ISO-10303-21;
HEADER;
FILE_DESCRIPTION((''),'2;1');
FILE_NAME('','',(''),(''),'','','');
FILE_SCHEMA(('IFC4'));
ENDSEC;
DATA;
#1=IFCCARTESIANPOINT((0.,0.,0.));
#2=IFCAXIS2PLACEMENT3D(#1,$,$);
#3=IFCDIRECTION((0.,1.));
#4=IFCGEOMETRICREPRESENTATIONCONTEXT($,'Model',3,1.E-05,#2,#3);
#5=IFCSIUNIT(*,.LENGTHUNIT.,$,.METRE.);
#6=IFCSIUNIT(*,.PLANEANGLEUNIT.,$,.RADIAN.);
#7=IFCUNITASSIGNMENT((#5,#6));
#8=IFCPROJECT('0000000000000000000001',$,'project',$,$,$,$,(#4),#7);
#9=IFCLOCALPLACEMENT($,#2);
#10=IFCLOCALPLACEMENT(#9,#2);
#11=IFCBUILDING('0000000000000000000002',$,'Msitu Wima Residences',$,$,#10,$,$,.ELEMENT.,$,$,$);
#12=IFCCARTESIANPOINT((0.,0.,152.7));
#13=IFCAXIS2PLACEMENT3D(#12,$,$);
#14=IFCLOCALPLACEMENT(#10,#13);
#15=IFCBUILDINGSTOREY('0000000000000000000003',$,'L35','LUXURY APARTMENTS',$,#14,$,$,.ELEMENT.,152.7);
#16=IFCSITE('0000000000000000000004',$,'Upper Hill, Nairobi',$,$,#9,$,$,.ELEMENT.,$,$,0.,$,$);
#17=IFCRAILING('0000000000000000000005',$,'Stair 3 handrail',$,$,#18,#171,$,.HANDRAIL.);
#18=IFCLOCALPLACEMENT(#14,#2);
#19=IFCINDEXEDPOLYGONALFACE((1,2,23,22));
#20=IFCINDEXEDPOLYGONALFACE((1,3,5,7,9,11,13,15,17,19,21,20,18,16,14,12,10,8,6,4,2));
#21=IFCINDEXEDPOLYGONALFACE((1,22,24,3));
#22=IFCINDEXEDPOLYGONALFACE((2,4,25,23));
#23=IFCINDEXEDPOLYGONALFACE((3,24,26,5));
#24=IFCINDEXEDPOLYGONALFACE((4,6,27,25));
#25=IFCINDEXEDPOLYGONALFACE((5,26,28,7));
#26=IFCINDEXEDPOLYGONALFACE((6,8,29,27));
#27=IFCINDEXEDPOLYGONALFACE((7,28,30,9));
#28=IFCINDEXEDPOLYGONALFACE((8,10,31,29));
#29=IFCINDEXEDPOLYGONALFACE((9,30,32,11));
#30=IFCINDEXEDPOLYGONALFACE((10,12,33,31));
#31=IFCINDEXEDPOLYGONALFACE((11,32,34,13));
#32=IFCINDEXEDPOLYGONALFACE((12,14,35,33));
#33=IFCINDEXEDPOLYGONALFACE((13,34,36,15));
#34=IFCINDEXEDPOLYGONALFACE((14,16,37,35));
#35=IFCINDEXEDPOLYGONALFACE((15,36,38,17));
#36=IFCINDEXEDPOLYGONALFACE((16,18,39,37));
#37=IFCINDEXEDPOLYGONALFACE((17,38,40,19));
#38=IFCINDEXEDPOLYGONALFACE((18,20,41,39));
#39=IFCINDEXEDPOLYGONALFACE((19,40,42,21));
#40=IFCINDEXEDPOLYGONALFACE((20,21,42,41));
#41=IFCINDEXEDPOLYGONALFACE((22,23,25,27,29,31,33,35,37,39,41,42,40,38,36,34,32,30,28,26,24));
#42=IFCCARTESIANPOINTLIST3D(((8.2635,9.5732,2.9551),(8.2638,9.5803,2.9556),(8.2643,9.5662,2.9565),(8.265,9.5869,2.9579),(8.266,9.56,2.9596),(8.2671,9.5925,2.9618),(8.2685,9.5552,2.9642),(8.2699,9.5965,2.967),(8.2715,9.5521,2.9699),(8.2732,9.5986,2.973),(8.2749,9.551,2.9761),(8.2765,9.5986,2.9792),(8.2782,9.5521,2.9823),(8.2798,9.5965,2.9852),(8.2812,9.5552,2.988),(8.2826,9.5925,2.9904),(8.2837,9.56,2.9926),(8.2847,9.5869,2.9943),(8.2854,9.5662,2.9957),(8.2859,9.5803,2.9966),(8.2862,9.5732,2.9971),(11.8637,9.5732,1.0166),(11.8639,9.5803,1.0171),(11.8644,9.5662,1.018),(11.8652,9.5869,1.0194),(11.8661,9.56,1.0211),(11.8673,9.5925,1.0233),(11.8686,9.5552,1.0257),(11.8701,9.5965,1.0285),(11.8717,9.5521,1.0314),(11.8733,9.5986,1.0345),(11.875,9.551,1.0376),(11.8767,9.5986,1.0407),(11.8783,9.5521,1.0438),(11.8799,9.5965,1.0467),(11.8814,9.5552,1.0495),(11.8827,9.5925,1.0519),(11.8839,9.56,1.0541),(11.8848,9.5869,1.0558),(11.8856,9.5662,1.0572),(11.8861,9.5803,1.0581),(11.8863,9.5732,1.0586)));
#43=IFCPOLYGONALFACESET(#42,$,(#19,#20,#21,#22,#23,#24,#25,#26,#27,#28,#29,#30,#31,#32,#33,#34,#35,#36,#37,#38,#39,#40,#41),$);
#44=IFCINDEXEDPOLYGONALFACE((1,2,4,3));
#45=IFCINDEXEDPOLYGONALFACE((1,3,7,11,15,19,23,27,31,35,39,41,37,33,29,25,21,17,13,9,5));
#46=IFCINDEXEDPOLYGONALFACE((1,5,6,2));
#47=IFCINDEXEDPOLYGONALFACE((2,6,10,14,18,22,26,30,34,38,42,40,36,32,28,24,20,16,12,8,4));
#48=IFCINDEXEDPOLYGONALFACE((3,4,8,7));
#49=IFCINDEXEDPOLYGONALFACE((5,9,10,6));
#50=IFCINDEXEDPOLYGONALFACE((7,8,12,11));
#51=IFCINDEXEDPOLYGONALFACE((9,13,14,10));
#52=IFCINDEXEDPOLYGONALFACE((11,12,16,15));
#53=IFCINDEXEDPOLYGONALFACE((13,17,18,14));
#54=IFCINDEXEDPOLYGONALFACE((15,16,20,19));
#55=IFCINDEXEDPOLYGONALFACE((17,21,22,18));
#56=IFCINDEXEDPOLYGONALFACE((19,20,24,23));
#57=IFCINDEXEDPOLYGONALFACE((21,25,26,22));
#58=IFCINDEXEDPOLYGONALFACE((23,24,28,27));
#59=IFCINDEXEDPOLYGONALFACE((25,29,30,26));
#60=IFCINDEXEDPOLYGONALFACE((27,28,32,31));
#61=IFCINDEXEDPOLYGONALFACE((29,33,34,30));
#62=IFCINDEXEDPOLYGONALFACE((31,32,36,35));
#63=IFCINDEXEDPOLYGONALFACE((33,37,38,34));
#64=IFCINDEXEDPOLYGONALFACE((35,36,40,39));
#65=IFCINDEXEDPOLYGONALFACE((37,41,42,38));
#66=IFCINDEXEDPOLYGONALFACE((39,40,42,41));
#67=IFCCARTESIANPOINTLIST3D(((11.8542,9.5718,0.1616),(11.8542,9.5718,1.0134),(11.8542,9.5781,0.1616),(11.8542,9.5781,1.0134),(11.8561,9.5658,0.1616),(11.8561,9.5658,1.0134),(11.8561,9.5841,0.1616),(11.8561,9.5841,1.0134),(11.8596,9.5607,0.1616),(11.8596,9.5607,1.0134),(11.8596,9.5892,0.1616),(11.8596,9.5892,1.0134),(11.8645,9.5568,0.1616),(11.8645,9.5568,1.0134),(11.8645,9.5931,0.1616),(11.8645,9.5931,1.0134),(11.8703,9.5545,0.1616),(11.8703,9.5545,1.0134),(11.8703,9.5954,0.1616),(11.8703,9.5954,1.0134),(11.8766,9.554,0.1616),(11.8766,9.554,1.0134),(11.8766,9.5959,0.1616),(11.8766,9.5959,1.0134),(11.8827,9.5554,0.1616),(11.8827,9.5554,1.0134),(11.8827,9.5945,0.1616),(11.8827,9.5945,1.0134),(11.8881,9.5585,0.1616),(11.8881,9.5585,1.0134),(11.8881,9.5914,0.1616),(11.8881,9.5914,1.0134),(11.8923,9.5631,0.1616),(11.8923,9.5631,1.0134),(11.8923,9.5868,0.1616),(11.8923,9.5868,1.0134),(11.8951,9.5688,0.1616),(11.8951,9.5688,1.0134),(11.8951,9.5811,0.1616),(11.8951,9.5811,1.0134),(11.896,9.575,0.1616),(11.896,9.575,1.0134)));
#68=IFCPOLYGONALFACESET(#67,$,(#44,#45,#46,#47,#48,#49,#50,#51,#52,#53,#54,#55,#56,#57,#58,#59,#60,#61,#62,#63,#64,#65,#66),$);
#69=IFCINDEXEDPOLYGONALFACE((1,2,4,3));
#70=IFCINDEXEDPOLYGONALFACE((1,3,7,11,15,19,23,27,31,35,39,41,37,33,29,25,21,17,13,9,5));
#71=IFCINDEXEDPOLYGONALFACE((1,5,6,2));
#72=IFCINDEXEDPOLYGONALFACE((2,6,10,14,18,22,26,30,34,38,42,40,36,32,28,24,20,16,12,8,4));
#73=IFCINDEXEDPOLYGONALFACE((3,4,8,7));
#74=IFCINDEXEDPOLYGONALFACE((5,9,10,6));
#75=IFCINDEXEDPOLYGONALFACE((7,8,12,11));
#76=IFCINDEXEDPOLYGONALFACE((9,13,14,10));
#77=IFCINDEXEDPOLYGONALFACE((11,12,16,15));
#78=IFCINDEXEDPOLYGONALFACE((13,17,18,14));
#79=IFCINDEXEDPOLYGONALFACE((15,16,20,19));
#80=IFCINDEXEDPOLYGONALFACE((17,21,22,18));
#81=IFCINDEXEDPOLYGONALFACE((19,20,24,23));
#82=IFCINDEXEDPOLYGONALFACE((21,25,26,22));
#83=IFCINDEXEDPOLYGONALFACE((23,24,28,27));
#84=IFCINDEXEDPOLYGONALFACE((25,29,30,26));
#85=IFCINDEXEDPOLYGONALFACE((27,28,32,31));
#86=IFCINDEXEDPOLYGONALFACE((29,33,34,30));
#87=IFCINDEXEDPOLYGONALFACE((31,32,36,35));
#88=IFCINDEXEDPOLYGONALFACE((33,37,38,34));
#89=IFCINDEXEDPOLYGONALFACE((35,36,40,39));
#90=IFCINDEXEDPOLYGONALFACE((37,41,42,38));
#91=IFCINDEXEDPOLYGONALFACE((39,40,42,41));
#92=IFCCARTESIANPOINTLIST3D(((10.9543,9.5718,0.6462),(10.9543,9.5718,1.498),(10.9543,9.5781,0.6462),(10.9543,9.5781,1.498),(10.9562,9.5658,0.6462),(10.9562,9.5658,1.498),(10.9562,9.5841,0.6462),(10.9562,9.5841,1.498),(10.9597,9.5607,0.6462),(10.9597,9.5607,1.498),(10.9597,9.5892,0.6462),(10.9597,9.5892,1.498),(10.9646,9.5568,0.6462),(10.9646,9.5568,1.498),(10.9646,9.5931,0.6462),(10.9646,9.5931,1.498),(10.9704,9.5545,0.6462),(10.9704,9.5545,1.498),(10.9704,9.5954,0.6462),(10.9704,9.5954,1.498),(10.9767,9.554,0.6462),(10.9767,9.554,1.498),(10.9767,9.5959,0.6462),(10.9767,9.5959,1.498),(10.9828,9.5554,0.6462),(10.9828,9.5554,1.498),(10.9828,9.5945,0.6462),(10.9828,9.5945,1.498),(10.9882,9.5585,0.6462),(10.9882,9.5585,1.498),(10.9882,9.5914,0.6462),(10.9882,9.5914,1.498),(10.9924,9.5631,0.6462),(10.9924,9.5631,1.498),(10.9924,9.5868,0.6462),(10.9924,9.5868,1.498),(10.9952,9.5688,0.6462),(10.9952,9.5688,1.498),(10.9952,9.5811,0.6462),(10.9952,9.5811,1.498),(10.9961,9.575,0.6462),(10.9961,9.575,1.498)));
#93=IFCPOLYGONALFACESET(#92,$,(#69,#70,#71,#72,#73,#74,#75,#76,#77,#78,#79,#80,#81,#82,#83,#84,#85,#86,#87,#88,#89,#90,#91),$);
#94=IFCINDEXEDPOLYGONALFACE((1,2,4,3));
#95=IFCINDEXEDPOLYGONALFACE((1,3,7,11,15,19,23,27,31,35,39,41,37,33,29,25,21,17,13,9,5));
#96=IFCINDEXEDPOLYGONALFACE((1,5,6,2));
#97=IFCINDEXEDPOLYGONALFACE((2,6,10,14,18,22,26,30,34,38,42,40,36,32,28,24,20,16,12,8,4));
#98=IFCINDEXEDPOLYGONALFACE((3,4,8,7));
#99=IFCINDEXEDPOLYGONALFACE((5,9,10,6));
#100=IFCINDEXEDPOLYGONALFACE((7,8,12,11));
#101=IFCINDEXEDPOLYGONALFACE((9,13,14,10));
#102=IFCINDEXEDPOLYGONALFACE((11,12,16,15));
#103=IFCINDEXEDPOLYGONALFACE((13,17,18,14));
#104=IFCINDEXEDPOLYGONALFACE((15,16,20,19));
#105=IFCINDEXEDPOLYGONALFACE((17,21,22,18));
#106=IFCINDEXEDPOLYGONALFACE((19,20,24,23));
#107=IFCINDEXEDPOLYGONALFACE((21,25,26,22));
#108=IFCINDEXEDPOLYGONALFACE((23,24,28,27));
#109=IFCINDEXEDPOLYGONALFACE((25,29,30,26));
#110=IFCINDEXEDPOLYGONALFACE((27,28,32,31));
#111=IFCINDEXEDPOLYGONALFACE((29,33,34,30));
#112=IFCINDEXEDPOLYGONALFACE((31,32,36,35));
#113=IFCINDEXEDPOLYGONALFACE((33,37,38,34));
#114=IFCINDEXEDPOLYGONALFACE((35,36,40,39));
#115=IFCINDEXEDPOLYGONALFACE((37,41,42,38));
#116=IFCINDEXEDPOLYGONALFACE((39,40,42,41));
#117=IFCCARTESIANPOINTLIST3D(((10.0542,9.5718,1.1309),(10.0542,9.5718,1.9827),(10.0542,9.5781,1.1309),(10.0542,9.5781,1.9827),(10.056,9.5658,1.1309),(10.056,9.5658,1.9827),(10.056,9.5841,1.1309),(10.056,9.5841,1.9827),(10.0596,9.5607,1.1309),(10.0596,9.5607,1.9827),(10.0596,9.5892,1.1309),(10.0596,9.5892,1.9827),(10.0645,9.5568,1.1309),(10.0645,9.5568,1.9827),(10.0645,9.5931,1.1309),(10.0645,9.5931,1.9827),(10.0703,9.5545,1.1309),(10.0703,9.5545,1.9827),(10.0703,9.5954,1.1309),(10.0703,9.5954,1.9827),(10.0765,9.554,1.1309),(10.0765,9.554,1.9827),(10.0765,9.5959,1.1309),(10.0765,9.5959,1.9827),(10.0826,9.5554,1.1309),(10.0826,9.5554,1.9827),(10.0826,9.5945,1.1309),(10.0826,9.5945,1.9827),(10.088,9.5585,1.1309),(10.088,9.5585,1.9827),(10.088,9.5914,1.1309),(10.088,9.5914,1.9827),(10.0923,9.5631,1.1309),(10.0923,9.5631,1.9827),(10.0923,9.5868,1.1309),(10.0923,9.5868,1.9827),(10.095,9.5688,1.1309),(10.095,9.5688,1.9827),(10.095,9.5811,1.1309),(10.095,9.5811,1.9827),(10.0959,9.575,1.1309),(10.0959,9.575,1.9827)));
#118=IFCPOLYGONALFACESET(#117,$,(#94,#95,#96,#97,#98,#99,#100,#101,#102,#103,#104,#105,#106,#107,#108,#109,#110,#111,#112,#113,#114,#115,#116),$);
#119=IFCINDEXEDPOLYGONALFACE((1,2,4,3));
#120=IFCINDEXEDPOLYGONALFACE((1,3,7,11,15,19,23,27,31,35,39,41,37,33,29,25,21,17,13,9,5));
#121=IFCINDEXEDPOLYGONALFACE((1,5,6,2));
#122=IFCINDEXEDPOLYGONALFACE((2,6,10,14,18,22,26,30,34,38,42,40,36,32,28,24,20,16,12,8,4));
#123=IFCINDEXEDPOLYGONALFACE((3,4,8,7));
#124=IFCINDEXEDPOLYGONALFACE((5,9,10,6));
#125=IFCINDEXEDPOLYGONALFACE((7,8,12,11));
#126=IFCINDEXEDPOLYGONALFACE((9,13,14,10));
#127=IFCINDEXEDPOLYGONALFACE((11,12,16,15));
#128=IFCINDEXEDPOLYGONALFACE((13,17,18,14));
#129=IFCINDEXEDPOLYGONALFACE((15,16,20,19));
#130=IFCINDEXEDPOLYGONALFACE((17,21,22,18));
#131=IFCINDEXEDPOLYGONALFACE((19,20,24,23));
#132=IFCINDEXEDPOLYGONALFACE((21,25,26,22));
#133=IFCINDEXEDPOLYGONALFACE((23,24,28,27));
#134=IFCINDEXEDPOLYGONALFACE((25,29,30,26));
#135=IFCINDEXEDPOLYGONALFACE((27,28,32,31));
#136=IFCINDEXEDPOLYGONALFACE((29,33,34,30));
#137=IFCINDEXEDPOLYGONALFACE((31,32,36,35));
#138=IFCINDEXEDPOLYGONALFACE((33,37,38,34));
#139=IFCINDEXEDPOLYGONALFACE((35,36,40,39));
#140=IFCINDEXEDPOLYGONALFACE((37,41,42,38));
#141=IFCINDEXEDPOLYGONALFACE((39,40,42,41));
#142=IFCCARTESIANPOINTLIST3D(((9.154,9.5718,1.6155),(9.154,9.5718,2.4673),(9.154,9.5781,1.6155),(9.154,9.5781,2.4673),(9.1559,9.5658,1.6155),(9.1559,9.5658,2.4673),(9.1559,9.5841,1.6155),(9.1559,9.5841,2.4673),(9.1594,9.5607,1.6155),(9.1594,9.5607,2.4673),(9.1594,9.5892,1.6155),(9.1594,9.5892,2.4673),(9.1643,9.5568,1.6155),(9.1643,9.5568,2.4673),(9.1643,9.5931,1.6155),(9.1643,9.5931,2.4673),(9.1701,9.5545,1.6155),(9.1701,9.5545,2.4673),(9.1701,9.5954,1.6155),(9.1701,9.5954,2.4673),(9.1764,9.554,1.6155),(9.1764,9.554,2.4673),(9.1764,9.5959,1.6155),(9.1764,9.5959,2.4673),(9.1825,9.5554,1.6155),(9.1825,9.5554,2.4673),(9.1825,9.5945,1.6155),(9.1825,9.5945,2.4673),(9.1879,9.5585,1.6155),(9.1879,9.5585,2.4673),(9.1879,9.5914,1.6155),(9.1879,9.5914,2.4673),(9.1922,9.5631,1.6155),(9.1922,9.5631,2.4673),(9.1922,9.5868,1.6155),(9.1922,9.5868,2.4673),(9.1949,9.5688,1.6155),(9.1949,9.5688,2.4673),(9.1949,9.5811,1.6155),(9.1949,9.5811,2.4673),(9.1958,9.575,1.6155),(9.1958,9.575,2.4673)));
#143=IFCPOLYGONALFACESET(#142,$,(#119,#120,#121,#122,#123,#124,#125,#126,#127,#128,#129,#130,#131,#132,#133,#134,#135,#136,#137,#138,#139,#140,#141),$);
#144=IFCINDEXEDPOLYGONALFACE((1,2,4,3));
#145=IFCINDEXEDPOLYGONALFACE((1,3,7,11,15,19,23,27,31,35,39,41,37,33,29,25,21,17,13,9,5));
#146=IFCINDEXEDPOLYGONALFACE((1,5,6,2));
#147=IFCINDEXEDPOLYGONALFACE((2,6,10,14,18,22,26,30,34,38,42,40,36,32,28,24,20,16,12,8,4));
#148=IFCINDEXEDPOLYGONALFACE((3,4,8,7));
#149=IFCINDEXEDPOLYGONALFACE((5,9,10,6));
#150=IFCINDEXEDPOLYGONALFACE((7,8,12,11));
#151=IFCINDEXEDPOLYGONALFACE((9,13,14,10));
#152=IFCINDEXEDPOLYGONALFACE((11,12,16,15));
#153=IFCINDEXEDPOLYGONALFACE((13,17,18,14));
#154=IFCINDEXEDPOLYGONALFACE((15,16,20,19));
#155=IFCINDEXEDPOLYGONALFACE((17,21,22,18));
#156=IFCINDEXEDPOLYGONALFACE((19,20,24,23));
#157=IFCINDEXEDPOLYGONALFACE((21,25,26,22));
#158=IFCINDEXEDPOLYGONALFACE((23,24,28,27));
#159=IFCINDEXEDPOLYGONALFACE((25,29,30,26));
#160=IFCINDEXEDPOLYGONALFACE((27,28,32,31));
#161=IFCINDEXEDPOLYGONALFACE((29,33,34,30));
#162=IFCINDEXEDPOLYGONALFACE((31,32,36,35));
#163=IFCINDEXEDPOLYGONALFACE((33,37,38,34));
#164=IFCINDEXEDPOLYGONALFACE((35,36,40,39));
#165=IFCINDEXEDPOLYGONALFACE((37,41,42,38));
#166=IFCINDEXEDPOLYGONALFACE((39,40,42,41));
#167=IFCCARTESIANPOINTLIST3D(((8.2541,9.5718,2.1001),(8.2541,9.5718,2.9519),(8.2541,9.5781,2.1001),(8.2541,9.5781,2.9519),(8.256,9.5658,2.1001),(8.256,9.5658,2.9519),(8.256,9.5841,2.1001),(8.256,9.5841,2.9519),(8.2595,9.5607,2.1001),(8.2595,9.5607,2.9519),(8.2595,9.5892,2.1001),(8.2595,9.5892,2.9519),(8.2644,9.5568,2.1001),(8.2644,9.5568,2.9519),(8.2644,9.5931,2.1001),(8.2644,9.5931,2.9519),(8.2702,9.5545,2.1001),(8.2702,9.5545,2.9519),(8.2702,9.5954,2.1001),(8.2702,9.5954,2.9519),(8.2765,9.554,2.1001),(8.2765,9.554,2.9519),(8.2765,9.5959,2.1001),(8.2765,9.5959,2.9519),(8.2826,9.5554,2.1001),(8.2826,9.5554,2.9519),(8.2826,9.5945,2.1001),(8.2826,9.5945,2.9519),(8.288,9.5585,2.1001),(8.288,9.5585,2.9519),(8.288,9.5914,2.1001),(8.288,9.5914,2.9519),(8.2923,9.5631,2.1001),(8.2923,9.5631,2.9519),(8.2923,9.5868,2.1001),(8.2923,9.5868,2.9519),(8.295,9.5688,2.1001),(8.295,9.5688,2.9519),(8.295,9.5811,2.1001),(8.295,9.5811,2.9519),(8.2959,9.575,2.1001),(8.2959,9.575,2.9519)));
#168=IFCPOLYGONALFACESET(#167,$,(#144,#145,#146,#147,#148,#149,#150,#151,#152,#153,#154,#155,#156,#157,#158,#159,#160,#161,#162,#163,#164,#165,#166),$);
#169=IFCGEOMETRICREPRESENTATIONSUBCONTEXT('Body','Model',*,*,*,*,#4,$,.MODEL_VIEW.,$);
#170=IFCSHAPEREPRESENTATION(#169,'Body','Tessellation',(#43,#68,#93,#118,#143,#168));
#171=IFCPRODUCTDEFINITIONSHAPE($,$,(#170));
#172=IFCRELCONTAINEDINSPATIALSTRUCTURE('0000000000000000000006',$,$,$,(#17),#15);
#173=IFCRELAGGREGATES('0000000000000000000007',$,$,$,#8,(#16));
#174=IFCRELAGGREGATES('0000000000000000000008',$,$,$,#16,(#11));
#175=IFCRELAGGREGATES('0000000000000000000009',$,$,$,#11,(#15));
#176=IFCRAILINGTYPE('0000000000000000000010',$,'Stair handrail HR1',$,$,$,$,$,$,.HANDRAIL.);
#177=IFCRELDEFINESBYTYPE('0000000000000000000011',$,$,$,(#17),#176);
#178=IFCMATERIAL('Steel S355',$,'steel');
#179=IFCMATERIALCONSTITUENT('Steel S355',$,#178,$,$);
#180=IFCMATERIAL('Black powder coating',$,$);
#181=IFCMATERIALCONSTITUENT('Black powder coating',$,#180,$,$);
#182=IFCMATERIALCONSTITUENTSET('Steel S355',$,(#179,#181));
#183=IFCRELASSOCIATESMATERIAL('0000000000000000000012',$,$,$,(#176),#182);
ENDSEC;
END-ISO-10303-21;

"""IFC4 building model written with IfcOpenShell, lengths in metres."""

from ifc_helpers import new_model, si_unit, direction, frame, origin, origin_2d, place, context, subcontext, project, spatial, circle, extrude, material, constituent, constituent_set, type_object, element, save


model = new_model("IFC4")

# Units and contexts
model_context = context("Model", 3, precision=1e-05, world=origin(), true_north=direction((0.0, 1.0)))
body_context = subcontext(model_context, "Body", "Model", "MODEL_VIEW")
ifc_project = project(units=[si_unit("LENGTHUNIT", "METRE"), si_unit("PLANEANGLEUNIT", "RADIAN")], contexts=[model_context])

# Site, building, storey
site_placement = place(None, origin())
site = spatial("IfcSite", under=ifc_project, at=site_placement, Name="Upper Hill, Nairobi", CompositionType="ELEMENT", RefElevation=0.0)
building_placement = place(site_placement, origin())
building = spatial("IfcBuilding", under=site, at=building_placement, Name="Msitu Wima Residences", CompositionType="ELEMENT")
storey_placement = place(building_placement, frame((0.0, 0.0, 152.7)))
storey = spatial("IfcBuildingStorey", under=building, at=storey_placement, Name="L35", Description="LUXURY APARTMENTS", CompositionType="ELEMENT", Elevation=152.7)

# Railing
ifc_material_1 = material(Name="Steel S355", Category="steel")
ifc_constituent_1 = constituent(ifc_material_1, Name="Steel S355")
ifc_material_2 = material(Name="Black powder coating")
ifc_constituent_2 = constituent(ifc_material_2, Name="Black powder coating")
ifc_constituent_set_1 = constituent_set(constituents=[ifc_constituent_1, ifc_constituent_2], Name="Steel S355")
railing_type_1 = type_object("IfcRailingType", Name="Stair handrail HR1", PredefinedType="HANDRAIL", material=ifc_constituent_set_1)
for number, where, name in (
    (1, (11.875, 9.575, 0.1616), "Stair 3 handrail"),
):
    element("IfcRailing", number, at=place(storey_placement, frame(where)), inside=storey, type_object=railing_type_1, Name=name, PredefinedType="HANDRAIL", context=body_context, shape_type="SweptSolid", body=[
        extrude(circle(Radius=0.0239, at=origin_2d()), frame((0.0, 0.0, 0.876), z_axis=(-0.880475, 0.0, 0.474093), x_axis=(0.0, -1.0, 0.0)), (0.0, 0.0, 1.0), 4.0889),
        extrude(circle(Radius=0.021, at=origin_2d()), origin(), (0.0, 0.0, 1.0), 0.8518),
        extrude(circle(Radius=0.021, at=origin_2d()), frame((-0.8999, 0.0, 0.4846)), (0.0, 0.0, 1.0), 0.8518),
        extrude(circle(Radius=0.021, at=origin_2d()), frame((-1.8, 0.0, 0.9692)), (0.0, 0.0, 1.0), 0.8518),
        extrude(circle(Radius=0.021, at=origin_2d()), frame((-2.7002, 0.0, 1.4539)), (0.0, 0.0, 1.0), 0.8518),
        extrude(circle(Radius=0.021, at=origin_2d()), frame((-3.6001, 0.0, 1.9385)), (0.0, 0.0, 1.0), 0.8518),
    ])

save(model, "model.ifc")
